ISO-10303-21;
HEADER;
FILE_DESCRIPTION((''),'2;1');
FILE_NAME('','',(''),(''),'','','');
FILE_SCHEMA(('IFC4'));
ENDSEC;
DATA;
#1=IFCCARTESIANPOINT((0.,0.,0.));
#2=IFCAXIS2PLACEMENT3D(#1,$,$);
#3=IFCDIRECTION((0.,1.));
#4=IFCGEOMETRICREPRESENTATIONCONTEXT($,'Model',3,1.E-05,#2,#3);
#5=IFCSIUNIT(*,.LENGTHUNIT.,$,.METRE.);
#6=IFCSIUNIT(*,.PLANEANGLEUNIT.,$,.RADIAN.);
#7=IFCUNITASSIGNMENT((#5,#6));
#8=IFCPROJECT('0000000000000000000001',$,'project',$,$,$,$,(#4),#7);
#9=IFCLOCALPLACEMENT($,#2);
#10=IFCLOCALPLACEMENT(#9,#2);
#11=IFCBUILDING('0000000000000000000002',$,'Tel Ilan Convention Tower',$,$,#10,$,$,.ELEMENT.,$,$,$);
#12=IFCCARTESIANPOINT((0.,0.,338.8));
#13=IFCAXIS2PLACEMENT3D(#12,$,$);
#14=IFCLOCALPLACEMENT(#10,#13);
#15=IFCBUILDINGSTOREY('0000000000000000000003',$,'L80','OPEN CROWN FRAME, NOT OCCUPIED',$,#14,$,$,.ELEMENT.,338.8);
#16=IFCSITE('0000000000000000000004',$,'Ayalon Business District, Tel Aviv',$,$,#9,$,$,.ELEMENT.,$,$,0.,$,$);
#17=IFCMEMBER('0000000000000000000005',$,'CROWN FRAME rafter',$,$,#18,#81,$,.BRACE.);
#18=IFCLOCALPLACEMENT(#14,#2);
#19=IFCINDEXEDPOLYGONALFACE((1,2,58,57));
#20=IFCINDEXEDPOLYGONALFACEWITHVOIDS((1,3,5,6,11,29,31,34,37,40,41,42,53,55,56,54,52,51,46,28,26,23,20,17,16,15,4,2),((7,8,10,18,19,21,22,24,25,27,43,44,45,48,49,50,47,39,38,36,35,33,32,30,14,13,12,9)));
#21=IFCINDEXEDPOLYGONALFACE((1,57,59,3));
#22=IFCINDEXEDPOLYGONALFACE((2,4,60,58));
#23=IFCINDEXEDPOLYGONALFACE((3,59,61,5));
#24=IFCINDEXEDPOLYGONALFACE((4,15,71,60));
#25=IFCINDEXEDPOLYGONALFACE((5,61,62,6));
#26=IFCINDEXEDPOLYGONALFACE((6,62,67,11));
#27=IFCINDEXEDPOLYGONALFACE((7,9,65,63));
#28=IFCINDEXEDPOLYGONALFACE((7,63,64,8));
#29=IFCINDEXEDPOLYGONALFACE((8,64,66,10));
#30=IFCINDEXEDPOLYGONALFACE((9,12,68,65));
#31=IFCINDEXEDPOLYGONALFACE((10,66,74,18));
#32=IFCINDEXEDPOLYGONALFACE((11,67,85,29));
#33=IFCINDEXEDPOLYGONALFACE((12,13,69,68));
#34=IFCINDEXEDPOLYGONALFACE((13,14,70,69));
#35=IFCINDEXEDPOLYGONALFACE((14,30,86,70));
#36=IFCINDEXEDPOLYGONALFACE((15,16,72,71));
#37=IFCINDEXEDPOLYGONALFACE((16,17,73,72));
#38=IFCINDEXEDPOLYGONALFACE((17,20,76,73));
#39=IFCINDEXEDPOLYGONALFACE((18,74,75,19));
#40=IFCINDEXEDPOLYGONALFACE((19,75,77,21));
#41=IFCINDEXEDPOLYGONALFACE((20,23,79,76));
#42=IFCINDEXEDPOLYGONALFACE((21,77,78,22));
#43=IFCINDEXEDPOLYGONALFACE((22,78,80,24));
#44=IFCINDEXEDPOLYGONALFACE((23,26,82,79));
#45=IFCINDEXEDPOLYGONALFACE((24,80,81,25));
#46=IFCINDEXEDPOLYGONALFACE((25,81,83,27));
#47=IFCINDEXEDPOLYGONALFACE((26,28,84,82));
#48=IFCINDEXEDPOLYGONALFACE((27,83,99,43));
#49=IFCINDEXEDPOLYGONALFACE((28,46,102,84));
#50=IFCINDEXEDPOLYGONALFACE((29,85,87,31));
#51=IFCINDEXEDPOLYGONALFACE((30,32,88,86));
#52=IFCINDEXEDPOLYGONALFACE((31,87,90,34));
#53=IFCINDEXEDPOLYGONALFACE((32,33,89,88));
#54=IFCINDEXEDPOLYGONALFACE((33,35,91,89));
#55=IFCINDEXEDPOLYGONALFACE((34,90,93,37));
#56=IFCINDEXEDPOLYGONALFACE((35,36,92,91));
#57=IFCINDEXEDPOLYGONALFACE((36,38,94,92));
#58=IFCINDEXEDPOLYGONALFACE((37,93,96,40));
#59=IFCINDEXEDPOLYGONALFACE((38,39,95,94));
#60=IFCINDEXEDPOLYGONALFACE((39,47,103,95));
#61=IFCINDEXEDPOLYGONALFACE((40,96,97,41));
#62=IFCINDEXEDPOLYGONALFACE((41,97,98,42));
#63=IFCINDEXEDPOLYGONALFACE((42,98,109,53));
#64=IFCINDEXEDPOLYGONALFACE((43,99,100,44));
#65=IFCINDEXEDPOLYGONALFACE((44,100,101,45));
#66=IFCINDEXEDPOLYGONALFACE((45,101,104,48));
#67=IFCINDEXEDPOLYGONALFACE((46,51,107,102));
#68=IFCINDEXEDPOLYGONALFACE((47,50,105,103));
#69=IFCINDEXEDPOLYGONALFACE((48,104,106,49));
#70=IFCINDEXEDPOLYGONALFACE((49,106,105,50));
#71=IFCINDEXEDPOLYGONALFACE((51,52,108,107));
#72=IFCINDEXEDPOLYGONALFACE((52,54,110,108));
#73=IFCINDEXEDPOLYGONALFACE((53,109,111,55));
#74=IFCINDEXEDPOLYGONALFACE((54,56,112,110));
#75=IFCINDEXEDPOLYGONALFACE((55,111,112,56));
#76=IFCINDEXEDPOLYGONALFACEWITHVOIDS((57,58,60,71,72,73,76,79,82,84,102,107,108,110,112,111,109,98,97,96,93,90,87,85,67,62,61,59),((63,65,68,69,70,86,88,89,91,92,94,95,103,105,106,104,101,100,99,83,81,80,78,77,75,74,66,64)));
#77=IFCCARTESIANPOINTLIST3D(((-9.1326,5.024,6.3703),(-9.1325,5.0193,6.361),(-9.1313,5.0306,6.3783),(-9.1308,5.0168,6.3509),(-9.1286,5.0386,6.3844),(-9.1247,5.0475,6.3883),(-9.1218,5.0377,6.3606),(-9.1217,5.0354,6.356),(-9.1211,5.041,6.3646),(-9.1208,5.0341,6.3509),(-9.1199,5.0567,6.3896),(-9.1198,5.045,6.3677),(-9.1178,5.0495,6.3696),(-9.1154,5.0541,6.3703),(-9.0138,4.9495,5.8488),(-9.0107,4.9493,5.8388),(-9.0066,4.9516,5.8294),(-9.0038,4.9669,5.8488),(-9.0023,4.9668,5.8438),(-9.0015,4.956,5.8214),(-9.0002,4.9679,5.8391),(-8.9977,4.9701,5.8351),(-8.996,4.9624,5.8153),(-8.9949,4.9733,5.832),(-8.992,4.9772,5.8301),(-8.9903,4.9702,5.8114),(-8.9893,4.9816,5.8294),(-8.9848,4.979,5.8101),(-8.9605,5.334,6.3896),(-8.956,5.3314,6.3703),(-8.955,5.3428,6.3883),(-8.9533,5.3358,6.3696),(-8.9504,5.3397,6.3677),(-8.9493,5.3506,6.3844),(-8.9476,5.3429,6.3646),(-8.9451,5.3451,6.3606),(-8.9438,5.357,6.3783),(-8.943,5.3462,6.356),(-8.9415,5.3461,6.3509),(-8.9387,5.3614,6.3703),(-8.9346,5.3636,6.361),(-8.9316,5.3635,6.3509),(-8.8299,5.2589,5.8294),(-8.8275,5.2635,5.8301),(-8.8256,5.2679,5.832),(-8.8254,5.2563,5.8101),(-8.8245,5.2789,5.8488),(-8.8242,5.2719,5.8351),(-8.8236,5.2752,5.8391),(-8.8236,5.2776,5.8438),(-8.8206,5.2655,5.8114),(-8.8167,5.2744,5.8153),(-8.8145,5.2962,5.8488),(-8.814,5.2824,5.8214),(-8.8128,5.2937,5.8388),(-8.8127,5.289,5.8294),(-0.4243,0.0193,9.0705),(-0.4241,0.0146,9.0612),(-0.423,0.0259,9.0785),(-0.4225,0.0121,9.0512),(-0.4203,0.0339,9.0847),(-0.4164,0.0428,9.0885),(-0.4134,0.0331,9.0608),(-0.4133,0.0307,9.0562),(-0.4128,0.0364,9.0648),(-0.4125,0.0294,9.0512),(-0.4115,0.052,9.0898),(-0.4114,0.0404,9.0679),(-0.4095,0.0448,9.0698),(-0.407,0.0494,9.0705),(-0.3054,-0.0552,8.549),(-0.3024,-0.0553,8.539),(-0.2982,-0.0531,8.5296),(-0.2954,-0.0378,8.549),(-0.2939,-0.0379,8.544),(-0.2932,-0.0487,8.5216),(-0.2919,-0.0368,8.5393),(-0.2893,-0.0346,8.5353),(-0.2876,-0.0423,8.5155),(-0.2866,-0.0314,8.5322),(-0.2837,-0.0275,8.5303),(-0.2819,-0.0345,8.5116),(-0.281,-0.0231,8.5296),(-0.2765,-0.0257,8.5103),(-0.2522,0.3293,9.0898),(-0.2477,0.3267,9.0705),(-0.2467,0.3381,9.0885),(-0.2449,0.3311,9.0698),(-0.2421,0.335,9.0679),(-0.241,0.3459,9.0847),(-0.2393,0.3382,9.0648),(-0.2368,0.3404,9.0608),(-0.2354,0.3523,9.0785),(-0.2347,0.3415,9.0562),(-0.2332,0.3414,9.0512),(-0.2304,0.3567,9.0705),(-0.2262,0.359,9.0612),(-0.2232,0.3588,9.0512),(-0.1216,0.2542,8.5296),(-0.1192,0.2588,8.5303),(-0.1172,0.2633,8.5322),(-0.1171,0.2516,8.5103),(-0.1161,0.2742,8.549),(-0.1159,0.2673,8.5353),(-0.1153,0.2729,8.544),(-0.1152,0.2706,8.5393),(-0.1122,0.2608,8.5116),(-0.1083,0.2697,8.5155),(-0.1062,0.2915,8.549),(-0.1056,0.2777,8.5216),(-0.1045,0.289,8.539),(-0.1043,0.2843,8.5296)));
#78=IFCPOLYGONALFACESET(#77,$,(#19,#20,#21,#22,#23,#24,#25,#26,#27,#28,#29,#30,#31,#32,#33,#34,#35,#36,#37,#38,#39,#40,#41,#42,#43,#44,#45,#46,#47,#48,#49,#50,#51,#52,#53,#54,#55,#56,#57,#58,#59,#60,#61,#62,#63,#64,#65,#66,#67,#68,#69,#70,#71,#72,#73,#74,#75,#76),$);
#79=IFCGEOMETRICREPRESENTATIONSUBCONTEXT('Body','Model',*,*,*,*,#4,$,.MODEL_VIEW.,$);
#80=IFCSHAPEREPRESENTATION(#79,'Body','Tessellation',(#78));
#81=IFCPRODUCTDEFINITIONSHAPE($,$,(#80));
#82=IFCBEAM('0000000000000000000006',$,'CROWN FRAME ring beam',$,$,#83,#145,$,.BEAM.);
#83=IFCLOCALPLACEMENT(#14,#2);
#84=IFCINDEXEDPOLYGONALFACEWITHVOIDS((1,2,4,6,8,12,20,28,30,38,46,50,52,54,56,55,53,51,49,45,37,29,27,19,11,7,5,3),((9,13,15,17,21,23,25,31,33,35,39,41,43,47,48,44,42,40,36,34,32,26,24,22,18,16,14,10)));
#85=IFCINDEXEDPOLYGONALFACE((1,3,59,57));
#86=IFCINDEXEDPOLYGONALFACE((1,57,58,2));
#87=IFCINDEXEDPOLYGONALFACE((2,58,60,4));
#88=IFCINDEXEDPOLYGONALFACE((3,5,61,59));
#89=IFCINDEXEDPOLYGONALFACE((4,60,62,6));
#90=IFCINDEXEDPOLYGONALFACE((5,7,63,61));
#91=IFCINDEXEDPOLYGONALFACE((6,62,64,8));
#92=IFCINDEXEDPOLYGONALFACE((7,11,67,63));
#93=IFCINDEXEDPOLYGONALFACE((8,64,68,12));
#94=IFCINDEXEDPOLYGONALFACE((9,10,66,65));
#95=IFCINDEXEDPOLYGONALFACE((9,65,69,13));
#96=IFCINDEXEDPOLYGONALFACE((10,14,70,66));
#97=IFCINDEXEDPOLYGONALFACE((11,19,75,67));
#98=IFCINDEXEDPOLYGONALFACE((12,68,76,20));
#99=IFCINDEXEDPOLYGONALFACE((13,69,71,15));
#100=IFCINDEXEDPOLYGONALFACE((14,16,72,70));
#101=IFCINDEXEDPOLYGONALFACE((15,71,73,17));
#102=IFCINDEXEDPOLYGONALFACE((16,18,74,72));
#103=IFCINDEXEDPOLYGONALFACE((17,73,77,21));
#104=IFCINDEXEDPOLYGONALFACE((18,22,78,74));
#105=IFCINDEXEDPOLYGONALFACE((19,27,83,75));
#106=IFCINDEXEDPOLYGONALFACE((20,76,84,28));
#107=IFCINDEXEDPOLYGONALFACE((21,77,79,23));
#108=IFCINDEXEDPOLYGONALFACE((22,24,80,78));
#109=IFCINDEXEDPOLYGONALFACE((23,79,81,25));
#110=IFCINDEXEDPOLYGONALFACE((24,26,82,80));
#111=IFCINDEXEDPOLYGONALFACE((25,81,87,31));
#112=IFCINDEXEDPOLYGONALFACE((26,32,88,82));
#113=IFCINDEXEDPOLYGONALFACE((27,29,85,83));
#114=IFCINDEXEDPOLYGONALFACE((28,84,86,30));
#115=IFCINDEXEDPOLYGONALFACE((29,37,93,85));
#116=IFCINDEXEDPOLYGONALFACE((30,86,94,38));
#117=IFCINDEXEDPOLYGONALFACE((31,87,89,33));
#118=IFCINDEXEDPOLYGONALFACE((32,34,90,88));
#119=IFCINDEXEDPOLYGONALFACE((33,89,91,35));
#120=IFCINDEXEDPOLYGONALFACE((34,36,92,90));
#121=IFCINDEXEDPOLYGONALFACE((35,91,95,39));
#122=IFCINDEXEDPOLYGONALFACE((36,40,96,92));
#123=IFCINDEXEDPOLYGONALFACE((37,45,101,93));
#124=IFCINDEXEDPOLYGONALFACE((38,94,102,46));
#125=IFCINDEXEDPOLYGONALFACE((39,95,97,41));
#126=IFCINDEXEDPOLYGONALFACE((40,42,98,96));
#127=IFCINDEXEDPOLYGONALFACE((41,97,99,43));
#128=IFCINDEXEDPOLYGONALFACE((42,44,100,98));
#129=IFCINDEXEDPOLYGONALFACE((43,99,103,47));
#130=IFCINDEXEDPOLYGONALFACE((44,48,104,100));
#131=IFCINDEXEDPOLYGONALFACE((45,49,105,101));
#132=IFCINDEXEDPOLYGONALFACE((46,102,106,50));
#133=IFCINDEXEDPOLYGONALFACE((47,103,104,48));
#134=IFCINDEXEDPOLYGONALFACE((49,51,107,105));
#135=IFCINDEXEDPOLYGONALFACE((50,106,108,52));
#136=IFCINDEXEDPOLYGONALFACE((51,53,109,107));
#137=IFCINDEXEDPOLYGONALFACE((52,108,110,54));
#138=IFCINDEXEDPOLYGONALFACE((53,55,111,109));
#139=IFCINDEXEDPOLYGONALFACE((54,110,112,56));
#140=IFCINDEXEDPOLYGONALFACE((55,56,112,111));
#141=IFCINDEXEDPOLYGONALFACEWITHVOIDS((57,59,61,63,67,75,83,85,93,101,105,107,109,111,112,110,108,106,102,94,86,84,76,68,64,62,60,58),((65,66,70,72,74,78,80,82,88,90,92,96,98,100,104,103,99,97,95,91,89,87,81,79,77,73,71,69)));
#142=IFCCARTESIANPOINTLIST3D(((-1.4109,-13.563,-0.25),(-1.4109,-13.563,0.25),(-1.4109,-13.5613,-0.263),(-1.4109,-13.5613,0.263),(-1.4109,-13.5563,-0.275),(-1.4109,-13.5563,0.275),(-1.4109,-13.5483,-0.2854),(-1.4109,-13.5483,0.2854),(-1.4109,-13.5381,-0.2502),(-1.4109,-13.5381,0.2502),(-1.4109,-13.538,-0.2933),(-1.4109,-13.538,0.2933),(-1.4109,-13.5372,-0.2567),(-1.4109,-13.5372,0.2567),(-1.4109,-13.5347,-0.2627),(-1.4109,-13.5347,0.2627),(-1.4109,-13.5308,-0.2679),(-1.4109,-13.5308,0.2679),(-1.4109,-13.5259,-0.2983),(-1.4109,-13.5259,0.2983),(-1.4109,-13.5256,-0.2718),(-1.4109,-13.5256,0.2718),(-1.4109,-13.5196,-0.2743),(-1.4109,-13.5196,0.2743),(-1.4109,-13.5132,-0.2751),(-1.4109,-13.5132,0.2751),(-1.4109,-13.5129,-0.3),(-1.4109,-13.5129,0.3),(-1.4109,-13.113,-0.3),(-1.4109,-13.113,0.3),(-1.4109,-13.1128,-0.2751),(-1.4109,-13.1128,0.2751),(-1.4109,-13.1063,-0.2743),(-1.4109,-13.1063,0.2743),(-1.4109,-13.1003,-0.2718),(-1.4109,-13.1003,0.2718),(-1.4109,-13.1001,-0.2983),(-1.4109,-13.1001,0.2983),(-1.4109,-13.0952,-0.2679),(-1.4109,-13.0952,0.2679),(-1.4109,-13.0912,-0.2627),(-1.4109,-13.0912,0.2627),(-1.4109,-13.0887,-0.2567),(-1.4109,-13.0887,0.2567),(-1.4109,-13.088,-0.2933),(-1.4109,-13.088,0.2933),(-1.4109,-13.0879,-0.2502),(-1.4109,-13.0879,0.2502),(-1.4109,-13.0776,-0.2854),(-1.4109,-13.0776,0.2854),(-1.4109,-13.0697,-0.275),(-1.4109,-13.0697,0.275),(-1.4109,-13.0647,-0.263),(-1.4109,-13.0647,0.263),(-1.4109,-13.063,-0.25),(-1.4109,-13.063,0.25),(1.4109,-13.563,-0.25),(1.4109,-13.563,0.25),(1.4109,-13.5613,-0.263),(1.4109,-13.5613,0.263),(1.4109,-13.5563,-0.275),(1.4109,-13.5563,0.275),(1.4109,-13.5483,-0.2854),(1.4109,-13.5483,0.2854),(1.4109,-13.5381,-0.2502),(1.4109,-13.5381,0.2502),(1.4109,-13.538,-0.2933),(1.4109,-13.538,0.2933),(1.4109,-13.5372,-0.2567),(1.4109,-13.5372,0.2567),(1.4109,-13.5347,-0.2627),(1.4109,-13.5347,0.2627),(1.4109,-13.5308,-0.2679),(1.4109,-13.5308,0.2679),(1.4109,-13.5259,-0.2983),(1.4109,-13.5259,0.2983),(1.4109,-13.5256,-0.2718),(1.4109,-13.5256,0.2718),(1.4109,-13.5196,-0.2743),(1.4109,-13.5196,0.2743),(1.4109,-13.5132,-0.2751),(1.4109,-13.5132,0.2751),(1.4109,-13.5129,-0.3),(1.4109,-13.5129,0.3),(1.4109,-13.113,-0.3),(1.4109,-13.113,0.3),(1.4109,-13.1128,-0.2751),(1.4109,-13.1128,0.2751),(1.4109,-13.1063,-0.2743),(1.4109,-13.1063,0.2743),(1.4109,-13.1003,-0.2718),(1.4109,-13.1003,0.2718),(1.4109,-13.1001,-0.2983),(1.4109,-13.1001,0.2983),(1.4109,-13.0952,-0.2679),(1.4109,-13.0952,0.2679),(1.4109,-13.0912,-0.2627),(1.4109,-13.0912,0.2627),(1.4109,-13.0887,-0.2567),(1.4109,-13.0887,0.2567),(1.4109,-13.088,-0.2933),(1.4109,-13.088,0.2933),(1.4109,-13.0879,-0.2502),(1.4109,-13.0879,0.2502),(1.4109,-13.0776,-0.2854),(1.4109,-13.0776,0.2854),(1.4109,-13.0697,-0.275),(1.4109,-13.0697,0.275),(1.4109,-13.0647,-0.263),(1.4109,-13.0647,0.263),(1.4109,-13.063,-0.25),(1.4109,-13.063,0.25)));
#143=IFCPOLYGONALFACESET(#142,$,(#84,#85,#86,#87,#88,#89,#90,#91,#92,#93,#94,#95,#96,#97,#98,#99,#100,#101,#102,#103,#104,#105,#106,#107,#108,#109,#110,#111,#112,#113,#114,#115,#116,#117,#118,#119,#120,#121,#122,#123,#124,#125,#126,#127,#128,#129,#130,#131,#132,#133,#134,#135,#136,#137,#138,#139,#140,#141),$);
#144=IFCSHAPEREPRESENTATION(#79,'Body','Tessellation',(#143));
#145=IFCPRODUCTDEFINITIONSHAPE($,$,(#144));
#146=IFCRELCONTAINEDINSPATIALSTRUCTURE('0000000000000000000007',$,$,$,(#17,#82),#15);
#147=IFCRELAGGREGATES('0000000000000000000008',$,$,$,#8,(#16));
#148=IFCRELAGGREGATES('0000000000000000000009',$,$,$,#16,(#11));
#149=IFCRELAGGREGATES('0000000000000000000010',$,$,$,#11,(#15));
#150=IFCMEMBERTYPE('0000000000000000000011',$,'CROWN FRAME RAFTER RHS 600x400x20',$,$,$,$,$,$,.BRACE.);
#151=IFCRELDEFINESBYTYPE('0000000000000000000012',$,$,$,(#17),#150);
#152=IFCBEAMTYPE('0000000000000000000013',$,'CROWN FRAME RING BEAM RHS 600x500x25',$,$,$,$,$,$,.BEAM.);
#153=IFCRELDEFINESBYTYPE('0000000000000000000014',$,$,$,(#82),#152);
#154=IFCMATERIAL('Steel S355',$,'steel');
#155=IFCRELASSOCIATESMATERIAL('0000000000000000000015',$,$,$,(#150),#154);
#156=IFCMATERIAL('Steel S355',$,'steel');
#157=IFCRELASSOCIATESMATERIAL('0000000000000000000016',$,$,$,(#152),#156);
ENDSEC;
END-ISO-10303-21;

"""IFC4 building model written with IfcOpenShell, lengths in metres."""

from ifc_helpers import new_model, si_unit, direction, frame, origin, origin_2d, place, context, subcontext, project, spatial, hollow_rectangle, extrude, material, material_profile, profile_set, type_object, element, save


model = new_model("IFC4")

# Units and contexts
model_context = context("Model", 3, precision=1e-05, world=origin(), true_north=direction((0.0, 1.0)))
body_context = subcontext(model_context, "Body", "Model", "MODEL_VIEW")
ifc_project = project(units=[si_unit("LENGTHUNIT", "METRE"), si_unit("PLANEANGLEUNIT", "RADIAN")], contexts=[model_context])

# Site, building, storey
site_placement = place(None, origin())
site = spatial("IfcSite", under=ifc_project, at=site_placement, Name="Ayalon Business District, Tel Aviv", CompositionType="ELEMENT", RefElevation=0.0)
building_placement = place(site_placement, origin())
building = spatial("IfcBuilding", under=site, at=building_placement, Name="Tel Ilan Convention Tower", CompositionType="ELEMENT")
storey_placement = place(building_placement, frame((0.0, 0.0, 338.8)))
storey = spatial("IfcBuildingStorey", under=building, at=storey_placement, Name="L80", Description="OPEN CROWN FRAME, NOT OCCUPIED", CompositionType="ELEMENT", Elevation=338.8)

# Member
ifc_material_1 = material(Name="Steel S355", Category="steel")
ifc_material_profile_1 = material_profile(ifc_material_1, hollow_rectangle(XDim=0.3999, YDim=0.6001, WallThickness=0.02, InnerFilletRadius=0.02, OuterFilletRadius=0.04, at=origin_2d()), Name="RHS 600x400x20")
ifc_profile_set_1 = profile_set([ifc_material_profile_1], Name="Steel S355")
member_type_1 = type_object("IfcMemberType", Name="CROWN FRAME RAFTER RHS 600x400x20", PredefinedType="BRACE", material=ifc_profile_set_1)
member_1_placement = place(storey_placement, frame((-8.9727, 5.1565, 6.0999), z_axis=(0.837289, -0.481191, 0.259621), x_axis=(0.498276, 0.867018, 0.0)))
element("IfcMember", 1, at=member_1_placement, inside=storey, type_object=member_type_1, Name="CROWN FRAME rafter", PredefinedType="BRACE", context=body_context, shape_type="SweptSolid", body=[
    extrude(hollow_rectangle(XDim=0.3999, YDim=0.6001, WallThickness=0.02, InnerFilletRadius=0.02, OuterFilletRadius=0.04, at=origin_2d()), origin(), (0.0, 0.0, 1.0), 10.4006),
])

# Beam
ifc_material_2 = material(Name="Steel S355", Category="steel")
ifc_material_profile_2 = material_profile(ifc_material_2, hollow_rectangle(XDim=0.5, YDim=0.6001, WallThickness=0.0249, InnerFilletRadius=0.0249, OuterFilletRadius=0.05, at=origin_2d()), Name="RHS 600x500x25")
ifc_profile_set_2 = profile_set([ifc_material_profile_2], Name="Steel S355")
beam_type = type_object("IfcBeamType", Name="CROWN FRAME RING BEAM RHS 600x500x25", PredefinedType="BEAM", material=ifc_profile_set_2)
for number, where, z_axis, x_axis, name in (
    (2, (-1.4109, -13.313, 0.0), (1.0, 0.0, 0.0), (0.0, 1.0, 0.0), "CROWN FRAME ring beam"),
):
    element("IfcBeam", number, at=place(storey_placement, frame(where, z_axis=z_axis, x_axis=x_axis)), inside=storey, type_object=beam_type, Name=name, PredefinedType="BEAM", context=body_context, shape_type="SweptSolid", body=[
        extrude(hollow_rectangle(XDim=0.5, YDim=0.6001, WallThickness=0.0249, InnerFilletRadius=0.0249, OuterFilletRadius=0.05, at=origin_2d()), origin(), (0.0, 0.0, 1.0), 2.8218),
    ])

save(model, "model.ifc")
